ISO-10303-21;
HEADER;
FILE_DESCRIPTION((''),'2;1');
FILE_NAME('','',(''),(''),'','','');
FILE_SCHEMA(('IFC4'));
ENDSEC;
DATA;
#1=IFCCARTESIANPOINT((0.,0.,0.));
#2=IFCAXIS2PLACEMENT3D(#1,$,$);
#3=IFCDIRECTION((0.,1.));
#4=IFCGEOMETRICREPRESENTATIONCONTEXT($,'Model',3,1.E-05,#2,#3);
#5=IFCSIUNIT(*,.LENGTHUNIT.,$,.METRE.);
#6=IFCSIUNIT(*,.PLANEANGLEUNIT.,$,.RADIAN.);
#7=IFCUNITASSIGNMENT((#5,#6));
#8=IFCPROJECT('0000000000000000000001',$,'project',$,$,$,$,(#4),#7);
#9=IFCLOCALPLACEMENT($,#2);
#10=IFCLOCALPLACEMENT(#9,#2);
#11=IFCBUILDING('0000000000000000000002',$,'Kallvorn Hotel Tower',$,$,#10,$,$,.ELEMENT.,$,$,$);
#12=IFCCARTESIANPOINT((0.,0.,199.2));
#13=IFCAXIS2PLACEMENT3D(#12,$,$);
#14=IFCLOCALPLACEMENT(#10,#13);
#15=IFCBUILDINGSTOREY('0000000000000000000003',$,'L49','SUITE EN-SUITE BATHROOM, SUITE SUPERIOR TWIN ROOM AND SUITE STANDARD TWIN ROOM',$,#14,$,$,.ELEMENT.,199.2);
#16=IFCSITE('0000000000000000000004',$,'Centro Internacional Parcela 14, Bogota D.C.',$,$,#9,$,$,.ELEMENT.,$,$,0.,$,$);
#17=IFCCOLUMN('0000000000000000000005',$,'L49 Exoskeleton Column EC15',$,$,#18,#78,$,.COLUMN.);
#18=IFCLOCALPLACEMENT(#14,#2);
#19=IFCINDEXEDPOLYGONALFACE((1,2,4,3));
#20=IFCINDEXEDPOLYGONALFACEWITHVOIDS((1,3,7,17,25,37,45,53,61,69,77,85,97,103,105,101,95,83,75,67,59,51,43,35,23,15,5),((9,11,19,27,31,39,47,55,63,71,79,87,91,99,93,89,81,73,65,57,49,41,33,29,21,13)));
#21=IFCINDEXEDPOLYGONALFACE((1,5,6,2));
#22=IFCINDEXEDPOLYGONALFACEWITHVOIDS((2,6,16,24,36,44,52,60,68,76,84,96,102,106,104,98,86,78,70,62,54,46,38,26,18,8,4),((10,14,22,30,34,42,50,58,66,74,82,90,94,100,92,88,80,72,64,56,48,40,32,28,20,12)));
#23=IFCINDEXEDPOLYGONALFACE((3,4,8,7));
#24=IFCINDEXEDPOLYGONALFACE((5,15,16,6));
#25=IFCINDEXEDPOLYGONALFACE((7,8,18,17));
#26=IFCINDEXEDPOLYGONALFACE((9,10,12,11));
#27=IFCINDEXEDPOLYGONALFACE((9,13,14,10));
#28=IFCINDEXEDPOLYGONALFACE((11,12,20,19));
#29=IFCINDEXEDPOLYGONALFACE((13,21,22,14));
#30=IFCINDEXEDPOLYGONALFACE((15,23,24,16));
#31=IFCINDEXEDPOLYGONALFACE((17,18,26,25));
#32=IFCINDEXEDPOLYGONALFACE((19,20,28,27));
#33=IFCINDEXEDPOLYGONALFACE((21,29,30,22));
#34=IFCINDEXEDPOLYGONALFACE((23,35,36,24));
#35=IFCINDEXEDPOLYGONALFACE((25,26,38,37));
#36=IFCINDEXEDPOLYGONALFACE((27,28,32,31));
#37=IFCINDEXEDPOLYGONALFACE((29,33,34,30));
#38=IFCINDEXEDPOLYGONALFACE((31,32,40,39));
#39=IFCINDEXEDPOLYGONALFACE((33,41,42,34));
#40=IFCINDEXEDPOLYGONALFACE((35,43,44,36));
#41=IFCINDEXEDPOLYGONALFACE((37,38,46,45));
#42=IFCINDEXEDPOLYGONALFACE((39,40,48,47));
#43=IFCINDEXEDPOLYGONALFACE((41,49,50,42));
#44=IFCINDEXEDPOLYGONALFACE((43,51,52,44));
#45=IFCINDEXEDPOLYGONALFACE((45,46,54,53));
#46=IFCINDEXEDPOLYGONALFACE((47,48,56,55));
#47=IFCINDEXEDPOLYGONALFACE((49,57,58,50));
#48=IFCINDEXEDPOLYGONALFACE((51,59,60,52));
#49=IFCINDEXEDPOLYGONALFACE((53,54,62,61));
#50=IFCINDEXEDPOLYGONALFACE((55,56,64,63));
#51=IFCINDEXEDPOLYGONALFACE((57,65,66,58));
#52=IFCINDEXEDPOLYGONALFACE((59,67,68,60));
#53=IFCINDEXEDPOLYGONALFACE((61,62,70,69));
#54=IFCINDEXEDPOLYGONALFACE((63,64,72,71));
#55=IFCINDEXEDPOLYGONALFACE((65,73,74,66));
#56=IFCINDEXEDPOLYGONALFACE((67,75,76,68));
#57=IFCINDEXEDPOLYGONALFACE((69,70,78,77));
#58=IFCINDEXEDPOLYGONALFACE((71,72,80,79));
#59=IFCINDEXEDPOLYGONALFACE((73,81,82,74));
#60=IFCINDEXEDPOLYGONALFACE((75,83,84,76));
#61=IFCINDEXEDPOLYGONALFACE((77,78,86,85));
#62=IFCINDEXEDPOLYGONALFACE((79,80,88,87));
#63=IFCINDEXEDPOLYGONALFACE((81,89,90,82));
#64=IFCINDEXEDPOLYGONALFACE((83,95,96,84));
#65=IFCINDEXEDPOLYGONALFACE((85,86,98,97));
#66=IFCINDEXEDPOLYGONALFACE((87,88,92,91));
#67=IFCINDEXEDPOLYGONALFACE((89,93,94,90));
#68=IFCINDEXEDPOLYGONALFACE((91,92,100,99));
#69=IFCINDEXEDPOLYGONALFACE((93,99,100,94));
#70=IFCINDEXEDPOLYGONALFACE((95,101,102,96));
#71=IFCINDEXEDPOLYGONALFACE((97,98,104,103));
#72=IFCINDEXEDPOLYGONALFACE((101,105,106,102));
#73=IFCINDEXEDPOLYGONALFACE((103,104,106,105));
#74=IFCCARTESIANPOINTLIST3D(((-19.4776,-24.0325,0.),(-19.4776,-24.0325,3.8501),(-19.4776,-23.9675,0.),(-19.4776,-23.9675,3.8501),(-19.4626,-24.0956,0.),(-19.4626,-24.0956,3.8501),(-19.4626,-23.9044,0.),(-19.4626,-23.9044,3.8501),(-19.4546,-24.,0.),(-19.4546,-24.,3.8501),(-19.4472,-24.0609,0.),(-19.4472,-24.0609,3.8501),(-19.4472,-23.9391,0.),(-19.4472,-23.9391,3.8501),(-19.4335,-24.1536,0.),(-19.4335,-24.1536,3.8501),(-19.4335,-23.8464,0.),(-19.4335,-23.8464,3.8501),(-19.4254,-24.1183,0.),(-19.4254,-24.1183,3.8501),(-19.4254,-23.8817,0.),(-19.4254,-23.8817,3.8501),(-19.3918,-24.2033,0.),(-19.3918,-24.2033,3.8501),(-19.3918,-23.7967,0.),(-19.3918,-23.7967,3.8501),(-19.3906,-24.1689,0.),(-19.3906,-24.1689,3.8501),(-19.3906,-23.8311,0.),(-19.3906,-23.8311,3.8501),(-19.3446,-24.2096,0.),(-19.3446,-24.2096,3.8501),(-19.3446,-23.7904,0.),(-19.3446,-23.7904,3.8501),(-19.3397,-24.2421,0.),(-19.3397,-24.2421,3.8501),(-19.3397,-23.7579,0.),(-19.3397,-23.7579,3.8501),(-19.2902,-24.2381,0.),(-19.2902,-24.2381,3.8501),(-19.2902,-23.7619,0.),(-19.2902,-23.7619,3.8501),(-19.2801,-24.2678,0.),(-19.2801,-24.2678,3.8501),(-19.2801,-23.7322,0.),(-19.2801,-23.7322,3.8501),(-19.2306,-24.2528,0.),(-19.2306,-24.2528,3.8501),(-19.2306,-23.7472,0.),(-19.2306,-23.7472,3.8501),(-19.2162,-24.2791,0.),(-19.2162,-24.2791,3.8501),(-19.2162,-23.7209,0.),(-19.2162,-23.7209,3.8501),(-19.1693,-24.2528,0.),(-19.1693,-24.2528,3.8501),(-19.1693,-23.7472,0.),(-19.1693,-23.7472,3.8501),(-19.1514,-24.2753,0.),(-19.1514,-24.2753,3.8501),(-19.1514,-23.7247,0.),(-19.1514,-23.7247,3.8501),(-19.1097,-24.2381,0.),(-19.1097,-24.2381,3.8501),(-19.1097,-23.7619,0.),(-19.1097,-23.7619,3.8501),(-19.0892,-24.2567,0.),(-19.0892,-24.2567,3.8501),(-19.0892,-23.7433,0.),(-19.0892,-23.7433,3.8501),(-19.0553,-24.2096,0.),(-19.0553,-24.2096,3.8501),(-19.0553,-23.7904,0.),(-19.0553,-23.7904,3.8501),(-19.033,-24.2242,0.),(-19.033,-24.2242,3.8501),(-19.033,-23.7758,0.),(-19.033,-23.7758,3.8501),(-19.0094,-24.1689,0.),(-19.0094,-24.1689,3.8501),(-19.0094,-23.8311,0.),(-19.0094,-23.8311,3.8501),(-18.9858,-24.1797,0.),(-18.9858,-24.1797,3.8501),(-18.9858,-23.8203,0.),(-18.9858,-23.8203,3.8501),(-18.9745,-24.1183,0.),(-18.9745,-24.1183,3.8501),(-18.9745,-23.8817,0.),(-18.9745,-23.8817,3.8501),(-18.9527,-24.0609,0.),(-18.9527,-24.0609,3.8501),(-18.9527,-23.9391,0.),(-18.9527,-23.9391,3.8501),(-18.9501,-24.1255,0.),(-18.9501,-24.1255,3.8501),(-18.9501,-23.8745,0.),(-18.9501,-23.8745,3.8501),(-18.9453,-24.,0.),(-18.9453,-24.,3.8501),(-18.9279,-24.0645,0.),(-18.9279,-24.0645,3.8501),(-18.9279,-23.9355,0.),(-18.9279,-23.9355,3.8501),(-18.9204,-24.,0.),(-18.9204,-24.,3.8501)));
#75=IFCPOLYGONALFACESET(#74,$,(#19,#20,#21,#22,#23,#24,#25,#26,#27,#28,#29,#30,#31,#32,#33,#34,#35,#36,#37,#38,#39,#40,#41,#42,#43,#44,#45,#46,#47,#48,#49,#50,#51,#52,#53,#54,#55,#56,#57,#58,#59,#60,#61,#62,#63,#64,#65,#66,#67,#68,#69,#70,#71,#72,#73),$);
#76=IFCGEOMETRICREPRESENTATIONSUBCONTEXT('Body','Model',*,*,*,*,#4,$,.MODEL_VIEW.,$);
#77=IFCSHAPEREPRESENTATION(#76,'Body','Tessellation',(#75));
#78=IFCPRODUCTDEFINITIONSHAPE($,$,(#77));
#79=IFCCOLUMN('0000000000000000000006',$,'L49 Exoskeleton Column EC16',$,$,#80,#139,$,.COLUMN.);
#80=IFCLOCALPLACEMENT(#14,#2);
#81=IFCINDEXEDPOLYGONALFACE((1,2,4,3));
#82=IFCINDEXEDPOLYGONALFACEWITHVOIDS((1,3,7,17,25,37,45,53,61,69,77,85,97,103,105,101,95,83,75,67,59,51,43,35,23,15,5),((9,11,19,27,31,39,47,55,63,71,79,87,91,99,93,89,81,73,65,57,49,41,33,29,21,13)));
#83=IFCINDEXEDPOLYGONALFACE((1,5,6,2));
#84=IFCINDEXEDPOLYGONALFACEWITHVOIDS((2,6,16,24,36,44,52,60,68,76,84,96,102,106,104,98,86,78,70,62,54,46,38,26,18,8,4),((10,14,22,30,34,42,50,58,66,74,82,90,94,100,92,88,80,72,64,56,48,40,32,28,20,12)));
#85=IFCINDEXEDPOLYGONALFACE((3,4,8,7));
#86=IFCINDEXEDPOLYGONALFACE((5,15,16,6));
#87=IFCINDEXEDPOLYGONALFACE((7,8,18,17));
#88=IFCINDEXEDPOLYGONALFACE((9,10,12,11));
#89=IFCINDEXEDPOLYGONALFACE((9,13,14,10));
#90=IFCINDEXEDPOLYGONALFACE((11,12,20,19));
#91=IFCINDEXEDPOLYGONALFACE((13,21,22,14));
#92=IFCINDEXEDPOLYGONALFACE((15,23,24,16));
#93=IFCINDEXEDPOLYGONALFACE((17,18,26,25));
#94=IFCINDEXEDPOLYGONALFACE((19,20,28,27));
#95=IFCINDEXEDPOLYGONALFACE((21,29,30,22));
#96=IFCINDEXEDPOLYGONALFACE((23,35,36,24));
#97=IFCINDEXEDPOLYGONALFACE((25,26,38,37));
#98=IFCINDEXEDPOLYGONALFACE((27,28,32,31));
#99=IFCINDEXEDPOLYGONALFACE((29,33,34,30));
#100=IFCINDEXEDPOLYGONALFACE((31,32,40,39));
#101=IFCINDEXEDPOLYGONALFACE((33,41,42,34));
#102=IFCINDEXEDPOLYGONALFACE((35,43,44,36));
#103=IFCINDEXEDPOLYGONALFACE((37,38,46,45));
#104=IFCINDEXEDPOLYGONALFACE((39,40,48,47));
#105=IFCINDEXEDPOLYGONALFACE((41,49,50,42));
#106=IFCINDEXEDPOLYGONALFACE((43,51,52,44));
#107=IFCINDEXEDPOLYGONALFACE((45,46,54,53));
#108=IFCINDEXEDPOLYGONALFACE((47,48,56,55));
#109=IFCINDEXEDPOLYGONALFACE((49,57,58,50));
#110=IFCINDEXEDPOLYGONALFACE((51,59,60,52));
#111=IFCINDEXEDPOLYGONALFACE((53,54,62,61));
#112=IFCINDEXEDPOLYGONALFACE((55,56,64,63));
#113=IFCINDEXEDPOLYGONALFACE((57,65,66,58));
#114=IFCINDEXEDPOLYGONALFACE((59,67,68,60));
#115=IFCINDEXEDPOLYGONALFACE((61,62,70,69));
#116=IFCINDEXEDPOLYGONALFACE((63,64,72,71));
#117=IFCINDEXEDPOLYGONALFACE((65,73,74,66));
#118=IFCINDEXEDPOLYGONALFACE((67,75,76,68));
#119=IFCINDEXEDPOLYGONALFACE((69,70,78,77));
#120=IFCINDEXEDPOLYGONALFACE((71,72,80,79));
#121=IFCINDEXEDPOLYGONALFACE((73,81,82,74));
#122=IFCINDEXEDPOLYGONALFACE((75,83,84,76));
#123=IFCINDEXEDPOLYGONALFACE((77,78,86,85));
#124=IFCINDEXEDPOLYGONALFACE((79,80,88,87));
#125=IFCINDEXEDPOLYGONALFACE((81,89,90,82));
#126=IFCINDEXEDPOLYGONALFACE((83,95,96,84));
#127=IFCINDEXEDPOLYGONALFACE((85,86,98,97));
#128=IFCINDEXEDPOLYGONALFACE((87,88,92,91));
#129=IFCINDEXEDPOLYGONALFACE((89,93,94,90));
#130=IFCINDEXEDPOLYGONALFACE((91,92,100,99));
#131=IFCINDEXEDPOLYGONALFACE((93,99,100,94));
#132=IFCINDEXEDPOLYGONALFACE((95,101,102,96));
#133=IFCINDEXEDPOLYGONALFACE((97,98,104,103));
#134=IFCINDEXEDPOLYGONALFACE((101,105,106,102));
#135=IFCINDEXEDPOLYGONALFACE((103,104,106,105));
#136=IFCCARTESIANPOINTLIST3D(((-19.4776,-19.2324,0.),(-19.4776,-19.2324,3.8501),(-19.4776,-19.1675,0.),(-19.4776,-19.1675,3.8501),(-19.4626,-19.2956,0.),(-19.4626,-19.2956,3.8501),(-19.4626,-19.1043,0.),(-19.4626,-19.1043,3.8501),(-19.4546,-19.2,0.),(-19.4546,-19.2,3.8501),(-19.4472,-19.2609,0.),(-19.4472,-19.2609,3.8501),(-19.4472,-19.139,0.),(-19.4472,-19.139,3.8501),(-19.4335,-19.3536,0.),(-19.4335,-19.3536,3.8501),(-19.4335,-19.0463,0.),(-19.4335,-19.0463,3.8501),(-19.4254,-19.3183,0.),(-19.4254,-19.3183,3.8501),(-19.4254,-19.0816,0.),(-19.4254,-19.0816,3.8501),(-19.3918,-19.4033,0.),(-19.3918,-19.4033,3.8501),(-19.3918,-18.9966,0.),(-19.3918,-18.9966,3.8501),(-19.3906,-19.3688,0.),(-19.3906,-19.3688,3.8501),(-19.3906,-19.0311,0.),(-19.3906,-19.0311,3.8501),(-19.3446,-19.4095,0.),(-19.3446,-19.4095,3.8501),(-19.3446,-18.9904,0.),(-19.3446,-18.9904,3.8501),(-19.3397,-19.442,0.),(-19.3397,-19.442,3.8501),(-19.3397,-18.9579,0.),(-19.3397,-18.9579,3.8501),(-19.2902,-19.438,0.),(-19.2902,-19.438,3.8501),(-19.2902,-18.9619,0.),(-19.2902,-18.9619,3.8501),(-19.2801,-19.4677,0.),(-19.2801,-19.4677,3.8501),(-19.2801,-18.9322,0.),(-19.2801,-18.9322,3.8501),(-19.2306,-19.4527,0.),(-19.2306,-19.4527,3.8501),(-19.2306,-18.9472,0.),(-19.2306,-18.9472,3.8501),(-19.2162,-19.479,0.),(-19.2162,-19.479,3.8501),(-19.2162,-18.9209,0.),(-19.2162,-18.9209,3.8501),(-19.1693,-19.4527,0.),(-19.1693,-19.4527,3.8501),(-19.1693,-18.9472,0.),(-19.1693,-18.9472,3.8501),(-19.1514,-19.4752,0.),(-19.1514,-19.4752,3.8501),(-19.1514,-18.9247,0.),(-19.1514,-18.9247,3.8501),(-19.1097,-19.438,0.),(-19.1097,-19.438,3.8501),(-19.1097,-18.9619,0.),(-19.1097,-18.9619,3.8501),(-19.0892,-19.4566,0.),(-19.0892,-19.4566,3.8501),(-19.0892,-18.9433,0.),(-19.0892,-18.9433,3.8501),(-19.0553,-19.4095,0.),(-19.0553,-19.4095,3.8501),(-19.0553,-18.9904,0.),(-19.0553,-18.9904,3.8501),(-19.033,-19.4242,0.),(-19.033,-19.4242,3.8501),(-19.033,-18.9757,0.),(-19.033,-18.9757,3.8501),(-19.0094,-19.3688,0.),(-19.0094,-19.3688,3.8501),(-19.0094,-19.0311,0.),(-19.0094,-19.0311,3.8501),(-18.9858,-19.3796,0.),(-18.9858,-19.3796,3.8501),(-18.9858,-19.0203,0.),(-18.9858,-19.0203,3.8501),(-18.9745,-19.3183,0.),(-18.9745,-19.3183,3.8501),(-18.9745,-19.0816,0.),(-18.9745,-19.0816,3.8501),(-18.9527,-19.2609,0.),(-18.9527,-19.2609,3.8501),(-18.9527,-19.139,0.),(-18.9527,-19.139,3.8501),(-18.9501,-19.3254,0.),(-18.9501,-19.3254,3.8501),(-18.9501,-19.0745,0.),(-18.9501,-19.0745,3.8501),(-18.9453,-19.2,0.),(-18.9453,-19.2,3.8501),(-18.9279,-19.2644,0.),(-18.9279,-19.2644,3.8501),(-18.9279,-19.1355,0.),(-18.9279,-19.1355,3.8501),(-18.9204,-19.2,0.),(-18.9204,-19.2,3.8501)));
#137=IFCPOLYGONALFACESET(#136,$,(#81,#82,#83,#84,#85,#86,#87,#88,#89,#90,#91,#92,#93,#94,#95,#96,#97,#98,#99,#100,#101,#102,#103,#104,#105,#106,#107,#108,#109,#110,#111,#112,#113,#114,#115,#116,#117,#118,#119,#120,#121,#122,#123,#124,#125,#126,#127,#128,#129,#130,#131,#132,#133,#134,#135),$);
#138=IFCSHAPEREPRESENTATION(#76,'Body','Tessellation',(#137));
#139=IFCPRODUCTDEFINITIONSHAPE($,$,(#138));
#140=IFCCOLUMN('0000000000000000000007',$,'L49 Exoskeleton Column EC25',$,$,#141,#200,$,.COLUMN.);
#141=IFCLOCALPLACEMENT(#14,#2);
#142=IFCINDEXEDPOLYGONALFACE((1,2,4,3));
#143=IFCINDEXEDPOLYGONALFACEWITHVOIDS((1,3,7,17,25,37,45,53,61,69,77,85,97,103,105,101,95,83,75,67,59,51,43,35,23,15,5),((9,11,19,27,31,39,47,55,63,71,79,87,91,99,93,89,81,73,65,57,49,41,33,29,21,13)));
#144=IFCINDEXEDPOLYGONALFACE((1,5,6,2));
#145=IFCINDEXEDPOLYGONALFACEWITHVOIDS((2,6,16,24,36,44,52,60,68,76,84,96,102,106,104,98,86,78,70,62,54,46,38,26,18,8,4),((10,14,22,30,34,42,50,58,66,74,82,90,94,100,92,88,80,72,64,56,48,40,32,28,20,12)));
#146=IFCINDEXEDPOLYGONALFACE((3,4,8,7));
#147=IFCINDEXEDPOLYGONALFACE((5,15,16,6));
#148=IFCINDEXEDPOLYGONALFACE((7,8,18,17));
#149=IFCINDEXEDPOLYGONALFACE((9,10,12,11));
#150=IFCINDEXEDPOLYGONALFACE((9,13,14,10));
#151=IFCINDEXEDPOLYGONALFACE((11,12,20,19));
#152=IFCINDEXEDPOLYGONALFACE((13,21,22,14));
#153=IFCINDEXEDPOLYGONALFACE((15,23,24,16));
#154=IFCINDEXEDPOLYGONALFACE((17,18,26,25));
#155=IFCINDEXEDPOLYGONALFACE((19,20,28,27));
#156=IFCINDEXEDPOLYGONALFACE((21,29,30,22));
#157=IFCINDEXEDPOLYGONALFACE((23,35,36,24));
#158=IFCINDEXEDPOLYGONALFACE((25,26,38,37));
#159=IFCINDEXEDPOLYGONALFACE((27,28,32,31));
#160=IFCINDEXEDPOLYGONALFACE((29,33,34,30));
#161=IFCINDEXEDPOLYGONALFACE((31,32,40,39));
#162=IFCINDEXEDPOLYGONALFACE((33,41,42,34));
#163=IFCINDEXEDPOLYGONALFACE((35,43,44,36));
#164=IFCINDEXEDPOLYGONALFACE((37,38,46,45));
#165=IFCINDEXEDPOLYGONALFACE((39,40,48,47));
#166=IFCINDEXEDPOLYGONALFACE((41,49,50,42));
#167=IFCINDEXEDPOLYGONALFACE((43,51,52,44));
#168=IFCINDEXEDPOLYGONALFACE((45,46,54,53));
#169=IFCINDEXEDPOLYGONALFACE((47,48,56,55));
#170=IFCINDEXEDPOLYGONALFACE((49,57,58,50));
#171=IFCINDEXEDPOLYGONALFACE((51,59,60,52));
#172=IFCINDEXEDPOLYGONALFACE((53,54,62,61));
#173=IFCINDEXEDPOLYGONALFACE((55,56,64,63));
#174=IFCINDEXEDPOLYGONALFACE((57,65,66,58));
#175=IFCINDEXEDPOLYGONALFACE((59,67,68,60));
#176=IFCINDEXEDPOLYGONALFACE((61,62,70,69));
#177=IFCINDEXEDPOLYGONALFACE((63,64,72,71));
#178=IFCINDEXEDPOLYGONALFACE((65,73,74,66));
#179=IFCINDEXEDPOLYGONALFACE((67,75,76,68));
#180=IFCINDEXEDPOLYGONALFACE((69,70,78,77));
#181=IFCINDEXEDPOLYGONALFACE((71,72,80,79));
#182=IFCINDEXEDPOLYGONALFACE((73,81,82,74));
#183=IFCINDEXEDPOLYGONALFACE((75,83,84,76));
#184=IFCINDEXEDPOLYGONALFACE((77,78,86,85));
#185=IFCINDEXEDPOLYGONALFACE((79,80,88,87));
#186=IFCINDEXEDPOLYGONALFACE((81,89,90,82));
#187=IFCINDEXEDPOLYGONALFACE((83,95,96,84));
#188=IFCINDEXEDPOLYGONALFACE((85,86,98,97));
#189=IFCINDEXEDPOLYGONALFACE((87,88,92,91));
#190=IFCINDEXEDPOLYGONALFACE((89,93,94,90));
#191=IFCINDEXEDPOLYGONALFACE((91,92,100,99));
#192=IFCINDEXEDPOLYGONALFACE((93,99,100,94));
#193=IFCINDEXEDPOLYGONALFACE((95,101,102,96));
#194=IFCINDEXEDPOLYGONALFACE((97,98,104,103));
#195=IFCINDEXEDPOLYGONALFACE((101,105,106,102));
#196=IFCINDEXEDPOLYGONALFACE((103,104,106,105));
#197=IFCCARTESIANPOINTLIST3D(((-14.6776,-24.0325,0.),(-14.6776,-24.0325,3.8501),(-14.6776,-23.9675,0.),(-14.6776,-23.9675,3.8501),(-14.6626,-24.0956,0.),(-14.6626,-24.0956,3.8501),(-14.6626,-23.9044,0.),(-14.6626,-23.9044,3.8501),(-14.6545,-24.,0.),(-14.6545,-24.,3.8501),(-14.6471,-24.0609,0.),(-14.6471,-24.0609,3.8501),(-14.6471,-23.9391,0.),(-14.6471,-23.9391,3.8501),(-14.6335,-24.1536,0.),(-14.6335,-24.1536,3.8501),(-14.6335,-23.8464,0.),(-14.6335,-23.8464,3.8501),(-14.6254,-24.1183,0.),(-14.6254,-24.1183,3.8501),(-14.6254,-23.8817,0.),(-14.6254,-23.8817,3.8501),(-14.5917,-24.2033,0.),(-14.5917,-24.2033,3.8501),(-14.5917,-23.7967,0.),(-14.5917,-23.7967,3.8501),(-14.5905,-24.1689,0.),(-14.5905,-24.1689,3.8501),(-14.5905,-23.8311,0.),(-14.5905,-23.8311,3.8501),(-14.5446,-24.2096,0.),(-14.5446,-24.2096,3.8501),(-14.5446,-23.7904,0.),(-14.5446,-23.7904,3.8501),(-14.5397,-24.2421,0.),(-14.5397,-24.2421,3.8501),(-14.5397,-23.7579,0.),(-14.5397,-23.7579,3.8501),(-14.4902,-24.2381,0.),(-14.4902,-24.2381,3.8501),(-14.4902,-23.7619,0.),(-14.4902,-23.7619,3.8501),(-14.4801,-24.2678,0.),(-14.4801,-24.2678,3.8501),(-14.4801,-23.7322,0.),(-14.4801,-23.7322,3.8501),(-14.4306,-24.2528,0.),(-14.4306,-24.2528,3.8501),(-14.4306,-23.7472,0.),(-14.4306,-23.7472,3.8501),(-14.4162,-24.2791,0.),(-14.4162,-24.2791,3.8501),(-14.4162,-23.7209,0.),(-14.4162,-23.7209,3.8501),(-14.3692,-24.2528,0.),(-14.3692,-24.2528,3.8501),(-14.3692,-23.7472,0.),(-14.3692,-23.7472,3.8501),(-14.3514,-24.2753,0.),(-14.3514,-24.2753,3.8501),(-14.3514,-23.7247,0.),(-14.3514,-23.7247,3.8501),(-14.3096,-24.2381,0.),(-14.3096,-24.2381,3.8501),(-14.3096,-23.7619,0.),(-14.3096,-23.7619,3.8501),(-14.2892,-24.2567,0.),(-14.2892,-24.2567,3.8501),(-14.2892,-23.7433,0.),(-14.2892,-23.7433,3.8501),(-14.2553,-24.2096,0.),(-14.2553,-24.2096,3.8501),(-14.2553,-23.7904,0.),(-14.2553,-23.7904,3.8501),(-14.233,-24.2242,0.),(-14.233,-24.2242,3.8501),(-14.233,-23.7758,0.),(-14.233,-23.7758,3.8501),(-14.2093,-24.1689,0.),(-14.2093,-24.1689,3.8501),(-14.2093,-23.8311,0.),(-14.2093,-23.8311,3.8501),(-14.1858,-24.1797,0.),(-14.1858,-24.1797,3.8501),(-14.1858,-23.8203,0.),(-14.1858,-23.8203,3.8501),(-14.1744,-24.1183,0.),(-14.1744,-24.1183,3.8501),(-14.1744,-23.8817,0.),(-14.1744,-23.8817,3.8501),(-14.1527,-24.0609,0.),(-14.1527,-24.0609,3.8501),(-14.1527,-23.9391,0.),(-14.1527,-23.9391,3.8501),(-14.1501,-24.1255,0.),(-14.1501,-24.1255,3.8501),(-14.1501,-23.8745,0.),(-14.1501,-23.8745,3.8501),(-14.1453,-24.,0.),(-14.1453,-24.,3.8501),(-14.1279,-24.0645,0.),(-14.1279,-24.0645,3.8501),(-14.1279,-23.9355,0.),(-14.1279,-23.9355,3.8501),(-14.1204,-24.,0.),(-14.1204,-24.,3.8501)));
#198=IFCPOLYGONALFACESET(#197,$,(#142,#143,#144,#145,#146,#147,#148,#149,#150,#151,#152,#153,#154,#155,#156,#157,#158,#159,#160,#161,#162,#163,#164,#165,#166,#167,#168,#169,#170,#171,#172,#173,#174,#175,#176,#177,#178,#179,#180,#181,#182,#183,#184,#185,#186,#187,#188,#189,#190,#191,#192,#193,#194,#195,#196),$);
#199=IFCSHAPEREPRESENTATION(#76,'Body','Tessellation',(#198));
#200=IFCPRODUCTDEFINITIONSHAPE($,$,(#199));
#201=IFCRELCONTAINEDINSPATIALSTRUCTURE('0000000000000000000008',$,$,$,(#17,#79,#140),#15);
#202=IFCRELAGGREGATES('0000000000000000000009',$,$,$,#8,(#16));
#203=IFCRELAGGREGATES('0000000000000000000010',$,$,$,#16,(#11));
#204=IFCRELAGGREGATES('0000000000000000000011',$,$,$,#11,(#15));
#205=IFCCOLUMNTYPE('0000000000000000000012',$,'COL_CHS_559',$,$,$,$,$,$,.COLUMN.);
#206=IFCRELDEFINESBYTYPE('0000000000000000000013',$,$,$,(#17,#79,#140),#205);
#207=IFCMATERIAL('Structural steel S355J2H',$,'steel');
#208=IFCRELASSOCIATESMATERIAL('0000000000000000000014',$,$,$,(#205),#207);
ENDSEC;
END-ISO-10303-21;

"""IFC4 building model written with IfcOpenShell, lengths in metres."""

from ifc_helpers import new_model, si_unit, direction, frame, origin, origin_2d, place, context, subcontext, project, spatial, hollow_circle, extrude, material, material_profile, profile_set, type_object, element, save


model = new_model("IFC4")

# Units and contexts
model_context = context("Model", 3, precision=1e-05, world=origin(), true_north=direction((0.0, 1.0)))
body_context = subcontext(model_context, "Body", "Model", "MODEL_VIEW")
ifc_project = project(units=[si_unit("LENGTHUNIT", "METRE"), si_unit("PLANEANGLEUNIT", "RADIAN")], contexts=[model_context])

# Site, building, storey
site_placement = place(None, origin())
site = spatial("IfcSite", under=ifc_project, at=site_placement, Name="Centro Internacional Parcela 14, Bogota D.C.", CompositionType="ELEMENT", RefElevation=0.0)
building_placement = place(site_placement, origin())
building = spatial("IfcBuilding", under=site, at=building_placement, Name="Kallvorn Hotel Tower", CompositionType="ELEMENT")
storey_placement = place(building_placement, frame((0.0, 0.0, 199.2)))
storey = spatial("IfcBuildingStorey", under=building, at=storey_placement, Name="L49", Description="SUITE EN-SUITE BATHROOM, SUITE SUPERIOR TWIN ROOM AND SUITE STANDARD TWIN ROOM", CompositionType="ELEMENT", Elevation=199.2)

# Columns
ifc_material_1 = material(Name="Structural steel S355J2H", Category="steel")
ifc_material_profile_1 = material_profile(ifc_material_1, hollow_circle(Radius=0.2795, WallThickness=0.0249, at=origin_2d()), Name="CHS 559x25")
ifc_profile_set_1 = profile_set([ifc_material_profile_1], Name="Structural steel S355J2H")
column_type = type_object("IfcColumnType", Name="COL_CHS_559", PredefinedType="COLUMN", material=ifc_profile_set_1)
for number, where, z_axis, x_axis, name in (
    (1, (-19.2, -24.0, 0.0), (0.0, 0.0, 1.0), (1.0, 0.0, 0.0), "L49 Exoskeleton Column EC15"),
    (2, (-19.2, -19.2, 0.0), (0.0, 0.0, 1.0), (1.0, 0.0, 0.0), "L49 Exoskeleton Column EC16"),
    (3, (-14.3999, -24.0, 0.0), (0.0, 0.0, 1.0), (1.0, 0.0, 0.0), "L49 Exoskeleton Column EC25"),
):
    element("IfcColumn", number, at=place(storey_placement, frame(where, z_axis=z_axis, x_axis=x_axis)), inside=storey, type_object=column_type, Name=name, PredefinedType="COLUMN", context=body_context, shape_type="SweptSolid", body=[
        extrude(hollow_circle(Radius=0.2795, WallThickness=0.0249, at=origin_2d()), origin(), (0.0, 0.0, 1.0), 3.8501),
    ])

save(model, "model.ifc")
